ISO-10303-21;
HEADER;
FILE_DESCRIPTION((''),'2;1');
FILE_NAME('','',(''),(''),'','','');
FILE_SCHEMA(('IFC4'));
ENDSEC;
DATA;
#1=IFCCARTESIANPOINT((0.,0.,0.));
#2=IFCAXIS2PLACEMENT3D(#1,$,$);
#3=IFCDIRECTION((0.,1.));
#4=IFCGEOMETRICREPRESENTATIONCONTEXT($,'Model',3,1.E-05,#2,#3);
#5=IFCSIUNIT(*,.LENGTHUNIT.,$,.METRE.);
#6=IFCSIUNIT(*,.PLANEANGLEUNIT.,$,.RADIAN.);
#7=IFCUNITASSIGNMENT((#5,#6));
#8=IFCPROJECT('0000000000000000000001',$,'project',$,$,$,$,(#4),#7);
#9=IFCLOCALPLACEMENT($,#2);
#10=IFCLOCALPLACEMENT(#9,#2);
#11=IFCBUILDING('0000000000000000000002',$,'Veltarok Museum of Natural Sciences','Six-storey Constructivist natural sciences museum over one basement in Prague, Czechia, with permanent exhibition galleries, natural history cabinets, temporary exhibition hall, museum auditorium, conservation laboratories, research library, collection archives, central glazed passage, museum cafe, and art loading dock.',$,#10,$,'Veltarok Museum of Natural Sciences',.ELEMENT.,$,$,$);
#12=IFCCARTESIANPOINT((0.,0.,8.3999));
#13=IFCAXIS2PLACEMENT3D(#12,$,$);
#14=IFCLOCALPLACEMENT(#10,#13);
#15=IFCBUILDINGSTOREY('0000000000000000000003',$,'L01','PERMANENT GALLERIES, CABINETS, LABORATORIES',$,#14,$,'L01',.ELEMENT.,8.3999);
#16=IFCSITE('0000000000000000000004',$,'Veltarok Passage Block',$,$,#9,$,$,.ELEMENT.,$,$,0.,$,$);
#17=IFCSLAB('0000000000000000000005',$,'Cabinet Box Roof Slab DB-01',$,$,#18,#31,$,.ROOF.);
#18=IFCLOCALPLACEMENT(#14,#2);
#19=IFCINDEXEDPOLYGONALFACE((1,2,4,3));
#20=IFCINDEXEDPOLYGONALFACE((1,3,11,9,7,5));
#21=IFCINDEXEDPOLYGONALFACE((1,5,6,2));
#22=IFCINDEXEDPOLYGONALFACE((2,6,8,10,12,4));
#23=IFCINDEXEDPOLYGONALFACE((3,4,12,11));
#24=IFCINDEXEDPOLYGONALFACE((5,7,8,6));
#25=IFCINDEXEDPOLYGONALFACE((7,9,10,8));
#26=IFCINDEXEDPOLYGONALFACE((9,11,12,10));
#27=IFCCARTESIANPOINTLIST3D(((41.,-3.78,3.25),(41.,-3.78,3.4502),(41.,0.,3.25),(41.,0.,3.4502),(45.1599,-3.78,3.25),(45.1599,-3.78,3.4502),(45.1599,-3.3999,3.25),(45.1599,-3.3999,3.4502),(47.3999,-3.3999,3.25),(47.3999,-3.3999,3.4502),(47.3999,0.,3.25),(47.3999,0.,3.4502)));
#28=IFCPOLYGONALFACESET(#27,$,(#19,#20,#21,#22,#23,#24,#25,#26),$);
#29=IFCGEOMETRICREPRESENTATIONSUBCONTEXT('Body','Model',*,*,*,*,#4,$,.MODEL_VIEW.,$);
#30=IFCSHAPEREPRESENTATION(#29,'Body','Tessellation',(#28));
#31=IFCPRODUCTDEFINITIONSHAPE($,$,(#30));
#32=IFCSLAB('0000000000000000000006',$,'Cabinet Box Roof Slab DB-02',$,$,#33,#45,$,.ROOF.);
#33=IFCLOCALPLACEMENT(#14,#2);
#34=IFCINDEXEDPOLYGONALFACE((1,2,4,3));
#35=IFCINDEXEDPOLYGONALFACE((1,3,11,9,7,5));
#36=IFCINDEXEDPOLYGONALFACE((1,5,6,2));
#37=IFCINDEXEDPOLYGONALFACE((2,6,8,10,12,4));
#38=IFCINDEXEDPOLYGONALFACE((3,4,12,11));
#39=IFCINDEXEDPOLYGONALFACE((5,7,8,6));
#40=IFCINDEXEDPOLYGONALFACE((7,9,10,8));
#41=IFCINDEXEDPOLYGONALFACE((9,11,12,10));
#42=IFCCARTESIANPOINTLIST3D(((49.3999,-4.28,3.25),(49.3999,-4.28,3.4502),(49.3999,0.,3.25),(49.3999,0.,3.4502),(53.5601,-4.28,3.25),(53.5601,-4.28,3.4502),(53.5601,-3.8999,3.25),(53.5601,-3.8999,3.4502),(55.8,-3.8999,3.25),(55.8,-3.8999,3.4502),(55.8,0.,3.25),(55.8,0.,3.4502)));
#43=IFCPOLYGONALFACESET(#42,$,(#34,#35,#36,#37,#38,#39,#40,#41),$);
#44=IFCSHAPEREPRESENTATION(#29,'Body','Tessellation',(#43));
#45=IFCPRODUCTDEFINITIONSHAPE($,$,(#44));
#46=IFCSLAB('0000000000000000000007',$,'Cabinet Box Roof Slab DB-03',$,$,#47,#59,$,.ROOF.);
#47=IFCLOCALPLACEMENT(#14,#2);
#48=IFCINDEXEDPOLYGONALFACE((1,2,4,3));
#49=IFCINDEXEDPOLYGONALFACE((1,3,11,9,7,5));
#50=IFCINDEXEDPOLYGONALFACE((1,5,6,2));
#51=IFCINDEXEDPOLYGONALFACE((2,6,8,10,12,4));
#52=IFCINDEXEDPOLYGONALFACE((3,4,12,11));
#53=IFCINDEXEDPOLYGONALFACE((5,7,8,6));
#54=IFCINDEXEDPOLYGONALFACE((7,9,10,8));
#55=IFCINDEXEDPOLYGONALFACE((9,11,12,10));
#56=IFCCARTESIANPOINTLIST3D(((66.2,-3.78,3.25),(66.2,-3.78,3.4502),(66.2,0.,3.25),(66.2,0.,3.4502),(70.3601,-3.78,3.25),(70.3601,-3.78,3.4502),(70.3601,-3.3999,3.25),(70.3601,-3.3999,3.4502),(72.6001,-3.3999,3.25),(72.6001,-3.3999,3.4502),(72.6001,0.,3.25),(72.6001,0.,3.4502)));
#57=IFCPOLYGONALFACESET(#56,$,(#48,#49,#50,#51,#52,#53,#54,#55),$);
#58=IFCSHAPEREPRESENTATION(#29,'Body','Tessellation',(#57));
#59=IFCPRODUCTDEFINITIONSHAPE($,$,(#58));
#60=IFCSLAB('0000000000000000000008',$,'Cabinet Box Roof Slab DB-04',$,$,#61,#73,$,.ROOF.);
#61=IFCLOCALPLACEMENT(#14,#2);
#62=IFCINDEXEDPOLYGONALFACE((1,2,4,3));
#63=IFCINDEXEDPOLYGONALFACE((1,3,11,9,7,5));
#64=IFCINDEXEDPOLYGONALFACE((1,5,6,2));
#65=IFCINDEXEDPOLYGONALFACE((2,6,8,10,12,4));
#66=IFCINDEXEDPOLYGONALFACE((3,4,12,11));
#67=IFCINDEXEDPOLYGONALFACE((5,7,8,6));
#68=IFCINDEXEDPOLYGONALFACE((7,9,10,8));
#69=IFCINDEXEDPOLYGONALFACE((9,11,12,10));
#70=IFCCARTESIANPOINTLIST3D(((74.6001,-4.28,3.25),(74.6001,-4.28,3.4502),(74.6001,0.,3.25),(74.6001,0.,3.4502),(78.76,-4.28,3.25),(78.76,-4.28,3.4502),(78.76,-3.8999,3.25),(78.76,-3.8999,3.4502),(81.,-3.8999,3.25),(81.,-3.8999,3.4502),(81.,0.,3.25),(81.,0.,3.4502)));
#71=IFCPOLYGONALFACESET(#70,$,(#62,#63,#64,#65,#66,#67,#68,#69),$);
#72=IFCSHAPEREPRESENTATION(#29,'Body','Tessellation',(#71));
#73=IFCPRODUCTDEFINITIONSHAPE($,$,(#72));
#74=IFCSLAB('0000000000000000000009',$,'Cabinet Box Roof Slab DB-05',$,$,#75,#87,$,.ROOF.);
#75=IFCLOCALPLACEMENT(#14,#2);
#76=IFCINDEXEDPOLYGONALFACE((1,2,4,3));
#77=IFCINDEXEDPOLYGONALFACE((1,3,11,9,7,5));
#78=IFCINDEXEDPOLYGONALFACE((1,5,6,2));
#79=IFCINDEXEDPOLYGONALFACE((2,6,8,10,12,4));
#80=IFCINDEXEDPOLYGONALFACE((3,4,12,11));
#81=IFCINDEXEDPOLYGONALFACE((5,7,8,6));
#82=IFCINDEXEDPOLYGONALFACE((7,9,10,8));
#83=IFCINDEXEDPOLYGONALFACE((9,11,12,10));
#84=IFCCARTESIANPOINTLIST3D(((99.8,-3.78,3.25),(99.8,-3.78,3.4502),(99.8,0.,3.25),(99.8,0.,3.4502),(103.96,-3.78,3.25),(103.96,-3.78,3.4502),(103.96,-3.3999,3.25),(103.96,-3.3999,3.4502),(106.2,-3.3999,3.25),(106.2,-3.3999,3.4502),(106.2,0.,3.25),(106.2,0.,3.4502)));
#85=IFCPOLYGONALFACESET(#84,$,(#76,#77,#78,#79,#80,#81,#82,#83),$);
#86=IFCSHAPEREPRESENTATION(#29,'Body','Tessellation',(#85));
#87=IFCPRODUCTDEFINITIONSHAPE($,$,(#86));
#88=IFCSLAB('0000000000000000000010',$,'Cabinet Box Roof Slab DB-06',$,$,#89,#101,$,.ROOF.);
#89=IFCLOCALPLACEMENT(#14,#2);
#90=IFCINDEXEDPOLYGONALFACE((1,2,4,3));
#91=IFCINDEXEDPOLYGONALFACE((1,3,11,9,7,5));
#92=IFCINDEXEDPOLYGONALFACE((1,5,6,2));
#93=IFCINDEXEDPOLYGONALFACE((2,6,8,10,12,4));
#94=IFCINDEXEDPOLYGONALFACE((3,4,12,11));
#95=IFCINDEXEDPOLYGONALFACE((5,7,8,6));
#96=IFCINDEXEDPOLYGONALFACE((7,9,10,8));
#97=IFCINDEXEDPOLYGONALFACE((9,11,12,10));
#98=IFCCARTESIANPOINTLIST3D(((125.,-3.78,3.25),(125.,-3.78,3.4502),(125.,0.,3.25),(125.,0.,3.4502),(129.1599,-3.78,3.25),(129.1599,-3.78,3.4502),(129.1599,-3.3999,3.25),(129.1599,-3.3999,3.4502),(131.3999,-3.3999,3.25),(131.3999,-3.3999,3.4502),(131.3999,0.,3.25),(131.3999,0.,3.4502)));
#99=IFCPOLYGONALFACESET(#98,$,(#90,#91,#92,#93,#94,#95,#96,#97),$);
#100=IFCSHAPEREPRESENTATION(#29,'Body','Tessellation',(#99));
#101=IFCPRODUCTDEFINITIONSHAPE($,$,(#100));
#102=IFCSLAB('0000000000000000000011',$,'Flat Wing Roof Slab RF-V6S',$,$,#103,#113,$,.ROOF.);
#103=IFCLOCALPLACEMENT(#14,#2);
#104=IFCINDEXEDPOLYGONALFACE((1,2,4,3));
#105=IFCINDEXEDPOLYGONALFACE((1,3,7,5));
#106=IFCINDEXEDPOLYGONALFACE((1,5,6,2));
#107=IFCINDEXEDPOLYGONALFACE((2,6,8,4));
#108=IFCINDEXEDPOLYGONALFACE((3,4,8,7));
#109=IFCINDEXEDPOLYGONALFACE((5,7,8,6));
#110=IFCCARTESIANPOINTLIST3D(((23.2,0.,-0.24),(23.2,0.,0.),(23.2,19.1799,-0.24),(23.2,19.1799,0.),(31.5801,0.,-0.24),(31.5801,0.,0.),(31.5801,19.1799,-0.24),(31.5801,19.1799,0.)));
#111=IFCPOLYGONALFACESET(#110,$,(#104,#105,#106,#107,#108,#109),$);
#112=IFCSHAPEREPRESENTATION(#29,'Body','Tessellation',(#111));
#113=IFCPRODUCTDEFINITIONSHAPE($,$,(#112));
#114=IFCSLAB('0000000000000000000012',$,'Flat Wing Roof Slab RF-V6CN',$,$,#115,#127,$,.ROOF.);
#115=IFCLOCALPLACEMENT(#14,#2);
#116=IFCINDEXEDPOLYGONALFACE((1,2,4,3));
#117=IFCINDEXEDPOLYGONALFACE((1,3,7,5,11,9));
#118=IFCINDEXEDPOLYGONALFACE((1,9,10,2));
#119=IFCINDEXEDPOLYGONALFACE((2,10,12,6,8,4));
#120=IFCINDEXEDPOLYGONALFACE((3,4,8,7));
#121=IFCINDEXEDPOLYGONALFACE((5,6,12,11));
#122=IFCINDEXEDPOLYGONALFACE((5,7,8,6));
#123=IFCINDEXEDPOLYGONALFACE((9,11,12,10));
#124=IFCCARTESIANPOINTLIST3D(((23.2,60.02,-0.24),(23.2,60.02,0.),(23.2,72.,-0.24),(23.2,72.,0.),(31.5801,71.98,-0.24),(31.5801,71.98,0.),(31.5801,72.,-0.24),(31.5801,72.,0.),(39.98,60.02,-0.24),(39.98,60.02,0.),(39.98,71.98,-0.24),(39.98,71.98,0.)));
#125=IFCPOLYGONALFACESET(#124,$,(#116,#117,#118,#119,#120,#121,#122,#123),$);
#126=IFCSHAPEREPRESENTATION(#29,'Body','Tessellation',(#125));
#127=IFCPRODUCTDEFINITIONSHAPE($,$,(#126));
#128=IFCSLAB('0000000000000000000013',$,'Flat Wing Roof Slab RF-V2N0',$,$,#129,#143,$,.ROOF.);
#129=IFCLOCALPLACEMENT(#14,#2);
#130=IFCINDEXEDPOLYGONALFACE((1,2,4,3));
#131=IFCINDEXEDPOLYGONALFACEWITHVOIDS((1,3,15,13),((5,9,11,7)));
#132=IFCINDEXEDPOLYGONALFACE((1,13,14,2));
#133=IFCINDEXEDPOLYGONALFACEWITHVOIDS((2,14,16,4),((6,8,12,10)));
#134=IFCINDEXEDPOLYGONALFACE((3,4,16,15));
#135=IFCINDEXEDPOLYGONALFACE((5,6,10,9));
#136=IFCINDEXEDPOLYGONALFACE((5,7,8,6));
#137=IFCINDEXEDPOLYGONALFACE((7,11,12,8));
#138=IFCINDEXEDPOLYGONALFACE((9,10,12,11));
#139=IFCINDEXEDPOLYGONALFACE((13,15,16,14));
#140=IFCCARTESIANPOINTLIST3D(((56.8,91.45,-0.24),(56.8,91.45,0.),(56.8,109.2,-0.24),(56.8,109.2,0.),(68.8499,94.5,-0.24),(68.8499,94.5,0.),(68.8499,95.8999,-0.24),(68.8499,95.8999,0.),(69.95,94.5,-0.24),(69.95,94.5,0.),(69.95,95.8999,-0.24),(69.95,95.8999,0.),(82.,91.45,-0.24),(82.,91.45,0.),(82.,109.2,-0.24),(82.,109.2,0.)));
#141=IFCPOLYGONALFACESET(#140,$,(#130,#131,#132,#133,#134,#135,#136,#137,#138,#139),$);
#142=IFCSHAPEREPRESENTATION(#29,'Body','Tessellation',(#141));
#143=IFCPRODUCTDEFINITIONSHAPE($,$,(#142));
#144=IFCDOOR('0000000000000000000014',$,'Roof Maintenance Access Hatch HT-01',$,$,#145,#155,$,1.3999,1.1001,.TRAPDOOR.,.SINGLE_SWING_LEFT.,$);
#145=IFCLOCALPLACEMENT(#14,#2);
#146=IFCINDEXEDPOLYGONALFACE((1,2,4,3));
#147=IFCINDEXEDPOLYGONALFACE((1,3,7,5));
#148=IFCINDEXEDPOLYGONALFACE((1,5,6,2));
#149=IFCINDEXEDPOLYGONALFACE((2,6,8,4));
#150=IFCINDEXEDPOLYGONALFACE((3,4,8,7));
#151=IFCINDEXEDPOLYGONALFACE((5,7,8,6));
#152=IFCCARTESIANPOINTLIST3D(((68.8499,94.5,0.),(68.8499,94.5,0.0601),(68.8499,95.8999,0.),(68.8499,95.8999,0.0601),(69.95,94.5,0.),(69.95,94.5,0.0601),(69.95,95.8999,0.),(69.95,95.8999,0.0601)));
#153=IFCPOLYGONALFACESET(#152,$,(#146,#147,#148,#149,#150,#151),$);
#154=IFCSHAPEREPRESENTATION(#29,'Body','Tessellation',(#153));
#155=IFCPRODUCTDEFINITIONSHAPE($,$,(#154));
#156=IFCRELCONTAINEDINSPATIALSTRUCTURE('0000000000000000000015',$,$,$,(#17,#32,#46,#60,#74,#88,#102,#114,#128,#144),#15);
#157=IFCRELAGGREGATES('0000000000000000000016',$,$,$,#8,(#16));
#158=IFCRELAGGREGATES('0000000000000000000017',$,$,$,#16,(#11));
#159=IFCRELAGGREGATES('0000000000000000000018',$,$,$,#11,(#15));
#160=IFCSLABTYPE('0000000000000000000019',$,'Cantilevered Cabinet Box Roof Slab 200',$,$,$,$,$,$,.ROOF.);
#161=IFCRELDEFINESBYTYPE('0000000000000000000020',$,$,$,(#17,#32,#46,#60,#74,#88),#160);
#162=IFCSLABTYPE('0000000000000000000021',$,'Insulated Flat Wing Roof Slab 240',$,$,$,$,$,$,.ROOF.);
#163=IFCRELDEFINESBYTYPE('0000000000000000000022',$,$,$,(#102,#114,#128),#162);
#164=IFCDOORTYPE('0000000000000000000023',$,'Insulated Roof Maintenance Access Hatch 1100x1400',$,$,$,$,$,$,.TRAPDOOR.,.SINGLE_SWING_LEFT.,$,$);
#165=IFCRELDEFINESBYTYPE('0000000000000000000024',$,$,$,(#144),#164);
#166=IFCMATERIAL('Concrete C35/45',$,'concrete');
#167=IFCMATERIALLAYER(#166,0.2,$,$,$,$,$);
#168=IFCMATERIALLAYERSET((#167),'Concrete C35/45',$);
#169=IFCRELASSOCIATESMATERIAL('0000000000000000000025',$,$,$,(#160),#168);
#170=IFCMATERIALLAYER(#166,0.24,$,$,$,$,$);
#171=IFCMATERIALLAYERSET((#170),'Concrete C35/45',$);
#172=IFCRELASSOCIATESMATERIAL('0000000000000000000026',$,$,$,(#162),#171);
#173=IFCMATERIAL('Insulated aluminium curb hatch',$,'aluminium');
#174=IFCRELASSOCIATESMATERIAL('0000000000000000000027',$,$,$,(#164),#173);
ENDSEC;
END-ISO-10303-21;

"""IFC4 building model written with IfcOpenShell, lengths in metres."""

from ifc_helpers import new_model, si_unit, direction, frame, origin, origin_2d, place, context, subcontext, project, spatial, polyline, rectangle, outline, extrude, material, layer, layer_set, type_object, element, fill, save


model = new_model("IFC4")

# Units and contexts
model_context = context("Model", 3, precision=1e-05, world=origin(), true_north=direction((0.0, 1.0)))
body_context = subcontext(model_context, "Body", "Model", "MODEL_VIEW")
ifc_project = project(units=[si_unit("LENGTHUNIT", "METRE"), si_unit("PLANEANGLEUNIT", "RADIAN")], contexts=[model_context])

# Site, building, storey
site_placement = place(None, origin())
site = spatial("IfcSite", under=ifc_project, at=site_placement, Name="Veltarok Passage Block", CompositionType="ELEMENT", RefElevation=0.0)
building_placement = place(site_placement, origin())
building = spatial("IfcBuilding", under=site, at=building_placement, Name="Veltarok Museum of Natural Sciences", Description="Six-storey Constructivist natural sciences museum over one basement in Prague, Czechia, with permanent exhibition galleries, natural history cabinets, temporary exhibition hall, museum auditorium, conservation laboratories, research library, collection archives, central glazed passage, museum cafe, and art loading dock.", LongName="Veltarok Museum of Natural Sciences", CompositionType="ELEMENT")
storey_placement = place(building_placement, frame((0.0, 0.0, 8.3999)))
storey = spatial("IfcBuildingStorey", under=building, at=storey_placement, Name="L01", Description="PERMANENT GALLERIES, CABINETS, LABORATORIES", LongName="L01", CompositionType="ELEMENT", Elevation=8.3999)

# Slabs
ifc_material_1 = material(Name="Concrete C35/45", Category="concrete")
ifc_layer_1 = layer(ifc_material_1, 0.2)
ifc_layer_set_1 = layer_set([ifc_layer_1], Name="Concrete C35/45")
slab_type_1 = type_object("IfcSlabType", Name="Cantilevered Cabinet Box Roof Slab 200", PredefinedType="ROOF", material=ifc_layer_set_1)
slab_1_placement = place(storey_placement, frame((0.0, 0.0, 3.25)))
element("IfcSlab", 1, at=slab_1_placement, inside=storey, type_object=slab_type_1, Name="Cabinet Box Roof Slab DB-01", PredefinedType="ROOF", context=body_context, shape_type="SweptSolid", body=[
    extrude(outline(polyline([(41.0, -3.78), (45.1599, -3.78), (45.1599, -3.3999), (47.3999, -3.3999), (47.3999, 0.0), (41.0, 0.0), (41.0, -3.78)])), origin(), (0.0, 0.0, 1.0), 0.2002),
])
slab_2_placement = place(storey_placement, frame((0.0, 0.0, 3.25)))
element("IfcSlab", 2, at=slab_2_placement, inside=storey, type_object=slab_type_1, Name="Cabinet Box Roof Slab DB-02", PredefinedType="ROOF", context=body_context, shape_type="SweptSolid", body=[
    extrude(outline(polyline([(49.3999, -4.28), (53.5601, -4.28), (53.5601, -3.8999), (55.8, -3.8999), (55.8, 0.0), (49.3999, 0.0), (49.3999, -4.28)])), origin(), (0.0, 0.0, 1.0), 0.2002),
])
slab_3_placement = place(storey_placement, frame((0.0, 0.0, 3.25)))
element("IfcSlab", 3, at=slab_3_placement, inside=storey, type_object=slab_type_1, Name="Cabinet Box Roof Slab DB-03", PredefinedType="ROOF", context=body_context, shape_type="SweptSolid", body=[
    extrude(outline(polyline([(66.2, -3.78), (70.3601, -3.78), (70.3601, -3.3999), (72.6001, -3.3999), (72.6001, 0.0), (66.2, 0.0), (66.2, -3.78)])), origin(), (0.0, 0.0, 1.0), 0.2002),
])
slab_4_placement = place(storey_placement, frame((0.0, 0.0, 3.25)))
element("IfcSlab", 4, at=slab_4_placement, inside=storey, type_object=slab_type_1, Name="Cabinet Box Roof Slab DB-04", PredefinedType="ROOF", context=body_context, shape_type="SweptSolid", body=[
    extrude(outline(polyline([(74.6001, -4.28), (78.76, -4.28), (78.76, -3.8999), (81.0, -3.8999), (81.0, 0.0), (74.6001, 0.0), (74.6001, -4.28)])), origin(), (0.0, 0.0, 1.0), 0.2002),
])
slab_5_placement = place(storey_placement, frame((0.0, 0.0, 3.25)))
element("IfcSlab", 5, at=slab_5_placement, inside=storey, type_object=slab_type_1, Name="Cabinet Box Roof Slab DB-05", PredefinedType="ROOF", context=body_context, shape_type="SweptSolid", body=[
    extrude(outline(polyline([(99.8, -3.78), (103.96, -3.78), (103.96, -3.3999), (106.2, -3.3999), (106.2, 0.0), (99.8, 0.0), (99.8, -3.78)])), origin(), (0.0, 0.0, 1.0), 0.2002),
])
slab_6_placement = place(storey_placement, frame((0.0, 0.0, 3.25)))
element("IfcSlab", 6, at=slab_6_placement, inside=storey, type_object=slab_type_1, Name="Cabinet Box Roof Slab DB-06", PredefinedType="ROOF", context=body_context, shape_type="SweptSolid", body=[
    extrude(outline(polyline([(125.0, -3.78), (129.1599, -3.78), (129.1599, -3.3999), (131.3999, -3.3999), (131.3999, 0.0), (125.0, 0.0), (125.0, -3.78)])), origin(), (0.0, 0.0, 1.0), 0.2002),
])
ifc_layer_2 = layer(ifc_material_1, 0.24)
ifc_layer_set_2 = layer_set([ifc_layer_2], Name="Concrete C35/45")
slab_type_2 = type_object("IfcSlabType", Name="Insulated Flat Wing Roof Slab 240", PredefinedType="ROOF", material=ifc_layer_set_2)
slab_7_placement = place(storey_placement, frame((0.0, 0.0, -0.24)))
element("IfcSlab", 7, at=slab_7_placement, inside=storey, type_object=slab_type_2, Name="Flat Wing Roof Slab RF-V6S", PredefinedType="ROOF", context=body_context, shape_type="SweptSolid", body=[
    extrude(outline(polyline([(23.2, 0.0), (23.2, 19.1799), (31.5801, 19.1799), (31.5801, 0.0), (23.2, 0.0)])), origin(), (0.0, 0.0, 1.0), 0.24),
])
slab_8_placement = place(storey_placement, frame((0.0, 0.0, -0.24)))
element("IfcSlab", 8, at=slab_8_placement, inside=storey, type_object=slab_type_2, Name="Flat Wing Roof Slab RF-V6CN", PredefinedType="ROOF", context=body_context, shape_type="SweptSolid", body=[
    extrude(outline(polyline([(23.2, 60.02), (23.2, 72.0), (31.5801, 72.0), (31.5801, 71.98), (39.98, 71.98), (39.98, 60.02), (23.2, 60.02)])), origin(), (0.0, 0.0, 1.0), 0.24),
])

# Slab, opening, door
slab_9_placement = place(storey_placement, frame((0.0, 0.0, -0.24)))
slab_9 = element("IfcSlab", 9, at=slab_9_placement, inside=storey, type_object=slab_type_2, Name="Flat Wing Roof Slab RF-V2N0", PredefinedType="ROOF", context=body_context, shape_type="SweptSolid", body=[
    extrude(outline(polyline([(56.8, 91.45), (56.8, 109.2), (82.0, 109.2), (82.0, 91.45), (56.8, 91.45)])), origin(), (0.0, 0.0, 1.0), 0.24),
])
opening_placement = place(slab_9_placement, frame((69.3999, 95.2, -0.01)))
opening = element("IfcOpeningElement", 10, at=opening_placement, cuts=slab_9, PredefinedType="OPENING", context=body_context, shape_type="SweptSolid", body=[
    extrude(rectangle(XDim=1.1001, YDim=1.3999, at=origin_2d()), origin(), (0.0, 0.0, 1.0), 0.3201),
])
ifc_material_2 = material(Name="Insulated aluminium curb hatch", Category="aluminium")
door_type = type_object("IfcDoorType", Name="Insulated Roof Maintenance Access Hatch 1100x1400", OperationType="SINGLE_SWING_LEFT", PredefinedType="TRAPDOOR", material=ifc_material_2)
door_placement = place(slab_9_placement, frame((69.3999, 95.2, 0.24)))
door = element("IfcDoor", 11, at=door_placement, inside=storey, type_object=door_type, Name="Roof Maintenance Access Hatch HT-01", OperationType="SINGLE_SWING_LEFT", OverallHeight=1.3999, OverallWidth=1.1001, PredefinedType="TRAPDOOR", context=body_context, shape_type="SweptSolid", body=[
    extrude(rectangle(XDim=1.1001, YDim=1.3999, at=origin_2d()), origin(), (0.0, 0.0, 1.0), 0.0601),
])
fill(opening, door)

save(model, "model.ifc")
